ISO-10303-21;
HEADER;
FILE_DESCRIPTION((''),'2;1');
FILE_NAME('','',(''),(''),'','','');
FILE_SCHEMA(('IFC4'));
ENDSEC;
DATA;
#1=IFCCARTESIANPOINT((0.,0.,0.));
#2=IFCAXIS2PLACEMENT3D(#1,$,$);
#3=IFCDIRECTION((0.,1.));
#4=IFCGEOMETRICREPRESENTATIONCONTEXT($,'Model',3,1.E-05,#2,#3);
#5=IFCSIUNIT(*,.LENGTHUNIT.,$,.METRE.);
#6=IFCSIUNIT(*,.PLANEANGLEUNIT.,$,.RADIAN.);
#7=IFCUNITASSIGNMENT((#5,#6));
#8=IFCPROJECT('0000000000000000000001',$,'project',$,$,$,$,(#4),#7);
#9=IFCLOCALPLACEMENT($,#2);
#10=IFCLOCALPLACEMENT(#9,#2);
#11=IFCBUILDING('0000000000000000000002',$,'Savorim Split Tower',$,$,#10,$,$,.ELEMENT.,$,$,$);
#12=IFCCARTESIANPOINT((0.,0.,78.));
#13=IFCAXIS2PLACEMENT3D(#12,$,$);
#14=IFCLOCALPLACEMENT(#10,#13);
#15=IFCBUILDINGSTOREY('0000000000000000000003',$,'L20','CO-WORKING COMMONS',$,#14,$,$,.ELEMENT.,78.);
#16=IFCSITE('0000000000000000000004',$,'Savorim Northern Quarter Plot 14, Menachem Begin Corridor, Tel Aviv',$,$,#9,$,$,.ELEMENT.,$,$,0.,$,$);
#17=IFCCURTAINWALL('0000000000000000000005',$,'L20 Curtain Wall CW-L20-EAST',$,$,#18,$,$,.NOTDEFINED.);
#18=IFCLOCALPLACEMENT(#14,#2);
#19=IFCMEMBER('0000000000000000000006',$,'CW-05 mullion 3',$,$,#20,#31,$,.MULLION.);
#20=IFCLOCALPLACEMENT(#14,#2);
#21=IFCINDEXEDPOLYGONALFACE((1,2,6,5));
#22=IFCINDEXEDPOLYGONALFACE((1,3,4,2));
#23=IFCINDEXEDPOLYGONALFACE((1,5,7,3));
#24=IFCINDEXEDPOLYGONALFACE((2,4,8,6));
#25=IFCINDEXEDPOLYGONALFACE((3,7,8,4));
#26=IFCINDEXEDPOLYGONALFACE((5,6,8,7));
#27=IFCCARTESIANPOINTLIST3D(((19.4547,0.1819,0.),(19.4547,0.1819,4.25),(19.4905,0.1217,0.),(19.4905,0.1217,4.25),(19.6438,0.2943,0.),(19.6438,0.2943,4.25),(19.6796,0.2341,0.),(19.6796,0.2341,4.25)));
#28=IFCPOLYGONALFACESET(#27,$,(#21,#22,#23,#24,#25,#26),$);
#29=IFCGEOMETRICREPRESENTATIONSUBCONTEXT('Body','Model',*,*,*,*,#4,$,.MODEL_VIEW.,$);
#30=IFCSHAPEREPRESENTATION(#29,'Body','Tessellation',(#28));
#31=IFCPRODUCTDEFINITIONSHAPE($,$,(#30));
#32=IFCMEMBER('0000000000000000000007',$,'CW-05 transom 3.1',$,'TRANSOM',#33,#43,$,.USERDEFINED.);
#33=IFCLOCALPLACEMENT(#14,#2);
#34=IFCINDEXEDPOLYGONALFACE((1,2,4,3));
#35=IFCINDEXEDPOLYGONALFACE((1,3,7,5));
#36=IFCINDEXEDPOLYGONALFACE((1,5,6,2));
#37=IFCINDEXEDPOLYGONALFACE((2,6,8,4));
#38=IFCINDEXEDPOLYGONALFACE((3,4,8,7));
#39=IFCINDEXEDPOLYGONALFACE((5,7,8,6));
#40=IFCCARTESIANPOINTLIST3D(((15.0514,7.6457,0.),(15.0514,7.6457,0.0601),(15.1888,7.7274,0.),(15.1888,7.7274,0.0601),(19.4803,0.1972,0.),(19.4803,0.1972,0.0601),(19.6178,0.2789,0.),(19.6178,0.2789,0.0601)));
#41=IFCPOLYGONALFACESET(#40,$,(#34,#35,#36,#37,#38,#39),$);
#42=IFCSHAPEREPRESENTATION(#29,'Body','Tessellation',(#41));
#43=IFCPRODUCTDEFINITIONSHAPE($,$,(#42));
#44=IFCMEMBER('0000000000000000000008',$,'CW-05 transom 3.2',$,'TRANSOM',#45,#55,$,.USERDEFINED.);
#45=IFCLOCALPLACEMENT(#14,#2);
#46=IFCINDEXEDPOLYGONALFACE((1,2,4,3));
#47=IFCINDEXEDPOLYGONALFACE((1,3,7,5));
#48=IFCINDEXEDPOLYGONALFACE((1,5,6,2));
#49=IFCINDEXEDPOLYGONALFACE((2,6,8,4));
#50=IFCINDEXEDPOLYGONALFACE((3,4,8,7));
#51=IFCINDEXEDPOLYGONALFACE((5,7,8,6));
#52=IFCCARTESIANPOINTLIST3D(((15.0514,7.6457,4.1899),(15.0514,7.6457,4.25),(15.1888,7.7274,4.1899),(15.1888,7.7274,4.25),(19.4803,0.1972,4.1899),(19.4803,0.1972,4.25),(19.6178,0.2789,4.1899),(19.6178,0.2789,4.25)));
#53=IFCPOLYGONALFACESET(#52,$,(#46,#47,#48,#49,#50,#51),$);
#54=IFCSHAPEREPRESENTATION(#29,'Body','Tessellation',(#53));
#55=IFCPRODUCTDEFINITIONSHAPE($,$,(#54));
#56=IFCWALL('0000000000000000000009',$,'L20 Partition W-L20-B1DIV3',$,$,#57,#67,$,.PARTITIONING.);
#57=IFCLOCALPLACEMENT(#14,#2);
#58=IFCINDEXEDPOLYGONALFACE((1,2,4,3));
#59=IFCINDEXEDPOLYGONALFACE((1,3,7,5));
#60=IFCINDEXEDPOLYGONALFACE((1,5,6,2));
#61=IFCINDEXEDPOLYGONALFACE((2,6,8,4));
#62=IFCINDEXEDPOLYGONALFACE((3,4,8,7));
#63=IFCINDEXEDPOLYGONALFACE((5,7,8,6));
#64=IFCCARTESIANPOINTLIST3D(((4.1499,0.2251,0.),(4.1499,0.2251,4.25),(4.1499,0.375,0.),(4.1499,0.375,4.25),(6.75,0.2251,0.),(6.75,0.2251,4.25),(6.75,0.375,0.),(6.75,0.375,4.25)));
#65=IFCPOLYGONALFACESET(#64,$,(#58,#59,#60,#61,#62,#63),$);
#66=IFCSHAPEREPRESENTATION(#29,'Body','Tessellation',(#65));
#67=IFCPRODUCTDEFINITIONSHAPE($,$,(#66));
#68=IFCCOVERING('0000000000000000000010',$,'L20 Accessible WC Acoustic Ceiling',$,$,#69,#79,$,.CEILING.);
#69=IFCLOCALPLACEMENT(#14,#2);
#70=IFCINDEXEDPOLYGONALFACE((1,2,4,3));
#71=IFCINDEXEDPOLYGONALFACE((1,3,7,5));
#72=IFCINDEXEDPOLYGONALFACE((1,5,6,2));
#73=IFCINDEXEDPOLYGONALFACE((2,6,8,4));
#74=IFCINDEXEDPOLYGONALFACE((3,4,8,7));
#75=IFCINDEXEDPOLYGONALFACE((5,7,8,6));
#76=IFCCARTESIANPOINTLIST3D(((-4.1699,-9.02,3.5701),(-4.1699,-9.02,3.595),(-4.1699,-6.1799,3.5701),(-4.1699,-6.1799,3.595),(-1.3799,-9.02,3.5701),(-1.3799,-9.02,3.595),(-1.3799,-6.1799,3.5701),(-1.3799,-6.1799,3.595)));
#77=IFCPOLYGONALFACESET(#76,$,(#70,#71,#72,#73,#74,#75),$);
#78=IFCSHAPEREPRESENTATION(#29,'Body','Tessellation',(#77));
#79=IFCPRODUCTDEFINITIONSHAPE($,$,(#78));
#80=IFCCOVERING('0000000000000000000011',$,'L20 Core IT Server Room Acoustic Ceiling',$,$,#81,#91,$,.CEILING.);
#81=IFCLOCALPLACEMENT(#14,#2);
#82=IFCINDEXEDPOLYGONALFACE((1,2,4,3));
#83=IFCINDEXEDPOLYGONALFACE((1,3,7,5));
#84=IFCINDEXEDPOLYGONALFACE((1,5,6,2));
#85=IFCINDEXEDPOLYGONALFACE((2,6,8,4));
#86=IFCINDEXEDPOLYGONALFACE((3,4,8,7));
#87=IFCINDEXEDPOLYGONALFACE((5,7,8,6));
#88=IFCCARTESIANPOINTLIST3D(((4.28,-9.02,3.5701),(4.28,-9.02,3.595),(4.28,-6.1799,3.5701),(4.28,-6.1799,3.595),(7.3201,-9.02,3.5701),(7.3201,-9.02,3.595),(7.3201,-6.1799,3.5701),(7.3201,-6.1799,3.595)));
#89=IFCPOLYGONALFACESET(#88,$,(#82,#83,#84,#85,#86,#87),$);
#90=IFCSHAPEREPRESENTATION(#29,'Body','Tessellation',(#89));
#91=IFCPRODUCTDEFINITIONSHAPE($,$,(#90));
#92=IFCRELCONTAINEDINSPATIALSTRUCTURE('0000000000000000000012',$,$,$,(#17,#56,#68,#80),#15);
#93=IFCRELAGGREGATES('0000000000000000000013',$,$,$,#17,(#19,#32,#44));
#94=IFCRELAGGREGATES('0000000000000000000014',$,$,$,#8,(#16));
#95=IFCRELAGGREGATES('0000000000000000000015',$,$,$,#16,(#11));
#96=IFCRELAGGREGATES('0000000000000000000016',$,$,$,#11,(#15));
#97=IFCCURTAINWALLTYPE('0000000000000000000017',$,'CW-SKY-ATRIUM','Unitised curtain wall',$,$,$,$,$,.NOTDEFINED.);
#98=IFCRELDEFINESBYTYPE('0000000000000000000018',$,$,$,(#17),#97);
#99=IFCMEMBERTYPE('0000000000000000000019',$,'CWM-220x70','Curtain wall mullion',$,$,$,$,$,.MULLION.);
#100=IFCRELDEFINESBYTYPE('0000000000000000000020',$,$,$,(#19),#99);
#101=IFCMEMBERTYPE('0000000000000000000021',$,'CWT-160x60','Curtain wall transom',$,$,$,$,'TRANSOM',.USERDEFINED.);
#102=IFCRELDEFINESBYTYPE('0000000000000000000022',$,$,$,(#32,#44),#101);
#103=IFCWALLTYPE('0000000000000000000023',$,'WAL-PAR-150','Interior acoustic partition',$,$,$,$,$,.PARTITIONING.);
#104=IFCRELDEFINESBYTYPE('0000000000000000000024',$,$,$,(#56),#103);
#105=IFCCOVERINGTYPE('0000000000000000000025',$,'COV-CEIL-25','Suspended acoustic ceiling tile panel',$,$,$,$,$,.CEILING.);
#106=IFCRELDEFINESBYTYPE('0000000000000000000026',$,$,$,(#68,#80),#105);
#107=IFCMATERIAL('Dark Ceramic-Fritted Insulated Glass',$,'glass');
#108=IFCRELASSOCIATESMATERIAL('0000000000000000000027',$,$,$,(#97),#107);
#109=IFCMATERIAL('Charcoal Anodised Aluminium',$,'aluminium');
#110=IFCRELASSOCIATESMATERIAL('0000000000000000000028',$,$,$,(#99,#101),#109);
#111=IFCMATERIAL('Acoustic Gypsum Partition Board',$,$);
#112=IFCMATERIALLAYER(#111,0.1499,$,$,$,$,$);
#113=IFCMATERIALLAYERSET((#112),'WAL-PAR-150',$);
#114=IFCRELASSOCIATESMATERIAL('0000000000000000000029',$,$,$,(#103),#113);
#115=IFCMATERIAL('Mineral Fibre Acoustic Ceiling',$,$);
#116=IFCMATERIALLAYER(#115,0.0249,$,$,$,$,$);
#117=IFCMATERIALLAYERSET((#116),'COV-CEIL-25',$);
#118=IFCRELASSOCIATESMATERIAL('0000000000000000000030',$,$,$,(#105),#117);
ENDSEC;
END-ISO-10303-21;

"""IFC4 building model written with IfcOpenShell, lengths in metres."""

from ifc_helpers import new_model, si_unit, direction, frame, frame_2d, origin, origin_2d, place, context, subcontext, project, spatial, polyline, rectangle, outline, extrude, material, layer, layer_set, material_profile, profile_set, type_object, element, aggregate, save


model = new_model("IFC4")

# Units and contexts
model_context = context("Model", 3, precision=1e-05, world=origin(), true_north=direction((0.0, 1.0)))
body_context = subcontext(model_context, "Body", "Model", "MODEL_VIEW")
ifc_project = project(units=[si_unit("LENGTHUNIT", "METRE"), si_unit("PLANEANGLEUNIT", "RADIAN")], contexts=[model_context])

# Site, building, storey
site_placement = place(None, origin())
site = spatial("IfcSite", under=ifc_project, at=site_placement, Name="Savorim Northern Quarter Plot 14, Menachem Begin Corridor, Tel Aviv", CompositionType="ELEMENT", RefElevation=0.0)
building_placement = place(site_placement, origin())
building = spatial("IfcBuilding", under=site, at=building_placement, Name="Savorim Split Tower", CompositionType="ELEMENT")
storey_placement = place(building_placement, frame((0.0, 0.0, 78.0)))
storey = spatial("IfcBuildingStorey", under=building, at=storey_placement, Name="L20", Description="CO-WORKING COMMONS", CompositionType="ELEMENT", Elevation=78.0)

# Curtain wall, members
ifc_material_1 = material(Name="Dark Ceramic-Fritted Insulated Glass", Category="glass")
curtain_wall_type = type_object("IfcCurtainWallType", Name="CW-SKY-ATRIUM", Description="Unitised curtain wall", PredefinedType="NOTDEFINED", material=ifc_material_1)
curtain_wall_placement = place(storey_placement, origin())
curtain_wall = element("IfcCurtainWall", 1, at=curtain_wall_placement, inside=storey, type_object=curtain_wall_type, Name="L20 Curtain Wall CW-L20-EAST", PredefinedType="NOTDEFINED")
ifc_material_2 = material(Name="Charcoal Anodised Aluminium", Category="aluminium")
ifc_material_profile_1 = material_profile(ifc_material_2, rectangle(XDim=0.22, YDim=0.0701, at=origin_2d()), Name="ALU-M 220x70")
ifc_profile_set_1 = profile_set([ifc_material_profile_1], Name="Charcoal Anodised Aluminium")
member_type_1 = type_object("IfcMemberType", Name="CWM-220x70", Description="Curtain wall mullion", PredefinedType="MULLION", material=ifc_profile_set_1)
member_1_placement = place(storey_placement, frame((19.5671, 0.208, 0.0), z_axis=(0.0, 0.0, 1.0), x_axis=(-0.859525, -0.511093, 0.0)))
member_1 = element("IfcMember", 2, at=member_1_placement, type_object=member_type_1, Name="CW-05 mullion 3", PredefinedType="MULLION", context=body_context, shape_type="SweptSolid", body=[
    extrude(rectangle(XDim=0.22, YDim=0.0701, at=origin_2d()), origin(), (0.0, 0.0, 1.0), 4.25),
])
ifc_material_profile_2 = material_profile(ifc_material_2, rectangle(XDim=0.1599, YDim=0.0601, at=origin_2d()), Name="ALU-T 160x60")
ifc_profile_set_2 = profile_set([ifc_material_profile_2], Name="Charcoal Anodised Aluminium")
member_type_2 = type_object("IfcMemberType", Name="CWT-160x60", Description="Curtain wall transom", ElementType="TRANSOM", PredefinedType="USERDEFINED", material=ifc_profile_set_2)
member_2_placement = place(storey_placement, frame((19.5491, 0.238, 0.03), z_axis=(-0.511086, 0.85953, 0.0), x_axis=(-0.85953, -0.511086, 0.0)))
member_2 = element("IfcMember", 3, at=member_2_placement, type_object=member_type_2, Name="CW-05 transom 3.1", ObjectType="TRANSOM", PredefinedType="USERDEFINED", context=body_context, shape_type="SweptSolid", body=[
    extrude(rectangle(XDim=0.1599, YDim=0.0601, at=origin_2d()), origin(), (0.0, 0.0, 1.0), 8.6658),
])
member_3_placement = place(storey_placement, frame((19.5491, 0.238, 4.22), z_axis=(-0.511086, 0.85953, 0.0), x_axis=(-0.85953, -0.511086, 0.0)))
member_3 = element("IfcMember", 4, at=member_3_placement, type_object=member_type_2, Name="CW-05 transom 3.2", ObjectType="TRANSOM", PredefinedType="USERDEFINED", context=body_context, shape_type="SweptSolid", body=[
    extrude(rectangle(XDim=0.1599, YDim=0.0601, at=origin_2d()), origin(), (0.0, 0.0, 1.0), 8.6658),
])
aggregate(curtain_wall, [member_1, member_2, member_3])

# Wall
ifc_material_3 = material(Name="Acoustic Gypsum Partition Board")
ifc_layer_1 = layer(ifc_material_3, 0.1499)
ifc_layer_set_1 = layer_set([ifc_layer_1], Name="WAL-PAR-150")
wall_type = type_object("IfcWallType", Name="WAL-PAR-150", Description="Interior acoustic partition", PredefinedType="PARTITIONING", material=ifc_layer_set_1)
wall_placement = place(storey_placement, frame((4.1499, 0.3, 0.0), z_axis=(0.0, 0.0, 1.0), x_axis=(1.0, 0.0, 0.0)))
element("IfcWall", 5, at=wall_placement, inside=storey, type_object=wall_type, Name="L20 Partition W-L20-B1DIV3", PredefinedType="PARTITIONING", context=body_context, shape_type="SweptSolid", body=[
    extrude(rectangle(XDim=2.6001, YDim=0.1499, at=frame_2d((1.3, 0.0))), origin(), (0.0, 0.0, 1.0), 4.25),
])

# Coverings
ifc_material_4 = material(Name="Mineral Fibre Acoustic Ceiling")
ifc_layer_2 = layer(ifc_material_4, 0.0249)
ifc_layer_set_2 = layer_set([ifc_layer_2], Name="COV-CEIL-25")
covering_type_1 = type_object("IfcCoveringType", Name="COV-CEIL-25", Description="Suspended acoustic ceiling tile panel", PredefinedType="CEILING", material=ifc_layer_set_2)
covering_1_placement = place(storey_placement, frame((0.0, 0.0, 3.5701)))
element("IfcCovering", 6, at=covering_1_placement, inside=storey, type_object=covering_type_1, Name="L20 Accessible WC Acoustic Ceiling", PredefinedType="CEILING", context=body_context, shape_type="SweptSolid", body=[
    extrude(outline(polyline([(-4.1699, -6.1799), (-4.1699, -9.02), (-1.3799, -9.02), (-1.3799, -6.1799), (-4.1699, -6.1799)])), origin(), (0.0, 0.0, 1.0), 0.0249),
])
covering_2_placement = place(storey_placement, frame((0.0, 0.0, 3.5701)))
element("IfcCovering", 7, at=covering_2_placement, inside=storey, type_object=covering_type_1, Name="L20 Core IT Server Room Acoustic Ceiling", PredefinedType="CEILING", context=body_context, shape_type="SweptSolid", body=[
    extrude(outline(polyline([(4.28, -6.1799), (4.28, -9.02), (7.3201, -9.02), (7.3201, -6.1799), (4.28, -6.1799)])), origin(), (0.0, 0.0, 1.0), 0.0249),
])

save(model, "model.ifc")
